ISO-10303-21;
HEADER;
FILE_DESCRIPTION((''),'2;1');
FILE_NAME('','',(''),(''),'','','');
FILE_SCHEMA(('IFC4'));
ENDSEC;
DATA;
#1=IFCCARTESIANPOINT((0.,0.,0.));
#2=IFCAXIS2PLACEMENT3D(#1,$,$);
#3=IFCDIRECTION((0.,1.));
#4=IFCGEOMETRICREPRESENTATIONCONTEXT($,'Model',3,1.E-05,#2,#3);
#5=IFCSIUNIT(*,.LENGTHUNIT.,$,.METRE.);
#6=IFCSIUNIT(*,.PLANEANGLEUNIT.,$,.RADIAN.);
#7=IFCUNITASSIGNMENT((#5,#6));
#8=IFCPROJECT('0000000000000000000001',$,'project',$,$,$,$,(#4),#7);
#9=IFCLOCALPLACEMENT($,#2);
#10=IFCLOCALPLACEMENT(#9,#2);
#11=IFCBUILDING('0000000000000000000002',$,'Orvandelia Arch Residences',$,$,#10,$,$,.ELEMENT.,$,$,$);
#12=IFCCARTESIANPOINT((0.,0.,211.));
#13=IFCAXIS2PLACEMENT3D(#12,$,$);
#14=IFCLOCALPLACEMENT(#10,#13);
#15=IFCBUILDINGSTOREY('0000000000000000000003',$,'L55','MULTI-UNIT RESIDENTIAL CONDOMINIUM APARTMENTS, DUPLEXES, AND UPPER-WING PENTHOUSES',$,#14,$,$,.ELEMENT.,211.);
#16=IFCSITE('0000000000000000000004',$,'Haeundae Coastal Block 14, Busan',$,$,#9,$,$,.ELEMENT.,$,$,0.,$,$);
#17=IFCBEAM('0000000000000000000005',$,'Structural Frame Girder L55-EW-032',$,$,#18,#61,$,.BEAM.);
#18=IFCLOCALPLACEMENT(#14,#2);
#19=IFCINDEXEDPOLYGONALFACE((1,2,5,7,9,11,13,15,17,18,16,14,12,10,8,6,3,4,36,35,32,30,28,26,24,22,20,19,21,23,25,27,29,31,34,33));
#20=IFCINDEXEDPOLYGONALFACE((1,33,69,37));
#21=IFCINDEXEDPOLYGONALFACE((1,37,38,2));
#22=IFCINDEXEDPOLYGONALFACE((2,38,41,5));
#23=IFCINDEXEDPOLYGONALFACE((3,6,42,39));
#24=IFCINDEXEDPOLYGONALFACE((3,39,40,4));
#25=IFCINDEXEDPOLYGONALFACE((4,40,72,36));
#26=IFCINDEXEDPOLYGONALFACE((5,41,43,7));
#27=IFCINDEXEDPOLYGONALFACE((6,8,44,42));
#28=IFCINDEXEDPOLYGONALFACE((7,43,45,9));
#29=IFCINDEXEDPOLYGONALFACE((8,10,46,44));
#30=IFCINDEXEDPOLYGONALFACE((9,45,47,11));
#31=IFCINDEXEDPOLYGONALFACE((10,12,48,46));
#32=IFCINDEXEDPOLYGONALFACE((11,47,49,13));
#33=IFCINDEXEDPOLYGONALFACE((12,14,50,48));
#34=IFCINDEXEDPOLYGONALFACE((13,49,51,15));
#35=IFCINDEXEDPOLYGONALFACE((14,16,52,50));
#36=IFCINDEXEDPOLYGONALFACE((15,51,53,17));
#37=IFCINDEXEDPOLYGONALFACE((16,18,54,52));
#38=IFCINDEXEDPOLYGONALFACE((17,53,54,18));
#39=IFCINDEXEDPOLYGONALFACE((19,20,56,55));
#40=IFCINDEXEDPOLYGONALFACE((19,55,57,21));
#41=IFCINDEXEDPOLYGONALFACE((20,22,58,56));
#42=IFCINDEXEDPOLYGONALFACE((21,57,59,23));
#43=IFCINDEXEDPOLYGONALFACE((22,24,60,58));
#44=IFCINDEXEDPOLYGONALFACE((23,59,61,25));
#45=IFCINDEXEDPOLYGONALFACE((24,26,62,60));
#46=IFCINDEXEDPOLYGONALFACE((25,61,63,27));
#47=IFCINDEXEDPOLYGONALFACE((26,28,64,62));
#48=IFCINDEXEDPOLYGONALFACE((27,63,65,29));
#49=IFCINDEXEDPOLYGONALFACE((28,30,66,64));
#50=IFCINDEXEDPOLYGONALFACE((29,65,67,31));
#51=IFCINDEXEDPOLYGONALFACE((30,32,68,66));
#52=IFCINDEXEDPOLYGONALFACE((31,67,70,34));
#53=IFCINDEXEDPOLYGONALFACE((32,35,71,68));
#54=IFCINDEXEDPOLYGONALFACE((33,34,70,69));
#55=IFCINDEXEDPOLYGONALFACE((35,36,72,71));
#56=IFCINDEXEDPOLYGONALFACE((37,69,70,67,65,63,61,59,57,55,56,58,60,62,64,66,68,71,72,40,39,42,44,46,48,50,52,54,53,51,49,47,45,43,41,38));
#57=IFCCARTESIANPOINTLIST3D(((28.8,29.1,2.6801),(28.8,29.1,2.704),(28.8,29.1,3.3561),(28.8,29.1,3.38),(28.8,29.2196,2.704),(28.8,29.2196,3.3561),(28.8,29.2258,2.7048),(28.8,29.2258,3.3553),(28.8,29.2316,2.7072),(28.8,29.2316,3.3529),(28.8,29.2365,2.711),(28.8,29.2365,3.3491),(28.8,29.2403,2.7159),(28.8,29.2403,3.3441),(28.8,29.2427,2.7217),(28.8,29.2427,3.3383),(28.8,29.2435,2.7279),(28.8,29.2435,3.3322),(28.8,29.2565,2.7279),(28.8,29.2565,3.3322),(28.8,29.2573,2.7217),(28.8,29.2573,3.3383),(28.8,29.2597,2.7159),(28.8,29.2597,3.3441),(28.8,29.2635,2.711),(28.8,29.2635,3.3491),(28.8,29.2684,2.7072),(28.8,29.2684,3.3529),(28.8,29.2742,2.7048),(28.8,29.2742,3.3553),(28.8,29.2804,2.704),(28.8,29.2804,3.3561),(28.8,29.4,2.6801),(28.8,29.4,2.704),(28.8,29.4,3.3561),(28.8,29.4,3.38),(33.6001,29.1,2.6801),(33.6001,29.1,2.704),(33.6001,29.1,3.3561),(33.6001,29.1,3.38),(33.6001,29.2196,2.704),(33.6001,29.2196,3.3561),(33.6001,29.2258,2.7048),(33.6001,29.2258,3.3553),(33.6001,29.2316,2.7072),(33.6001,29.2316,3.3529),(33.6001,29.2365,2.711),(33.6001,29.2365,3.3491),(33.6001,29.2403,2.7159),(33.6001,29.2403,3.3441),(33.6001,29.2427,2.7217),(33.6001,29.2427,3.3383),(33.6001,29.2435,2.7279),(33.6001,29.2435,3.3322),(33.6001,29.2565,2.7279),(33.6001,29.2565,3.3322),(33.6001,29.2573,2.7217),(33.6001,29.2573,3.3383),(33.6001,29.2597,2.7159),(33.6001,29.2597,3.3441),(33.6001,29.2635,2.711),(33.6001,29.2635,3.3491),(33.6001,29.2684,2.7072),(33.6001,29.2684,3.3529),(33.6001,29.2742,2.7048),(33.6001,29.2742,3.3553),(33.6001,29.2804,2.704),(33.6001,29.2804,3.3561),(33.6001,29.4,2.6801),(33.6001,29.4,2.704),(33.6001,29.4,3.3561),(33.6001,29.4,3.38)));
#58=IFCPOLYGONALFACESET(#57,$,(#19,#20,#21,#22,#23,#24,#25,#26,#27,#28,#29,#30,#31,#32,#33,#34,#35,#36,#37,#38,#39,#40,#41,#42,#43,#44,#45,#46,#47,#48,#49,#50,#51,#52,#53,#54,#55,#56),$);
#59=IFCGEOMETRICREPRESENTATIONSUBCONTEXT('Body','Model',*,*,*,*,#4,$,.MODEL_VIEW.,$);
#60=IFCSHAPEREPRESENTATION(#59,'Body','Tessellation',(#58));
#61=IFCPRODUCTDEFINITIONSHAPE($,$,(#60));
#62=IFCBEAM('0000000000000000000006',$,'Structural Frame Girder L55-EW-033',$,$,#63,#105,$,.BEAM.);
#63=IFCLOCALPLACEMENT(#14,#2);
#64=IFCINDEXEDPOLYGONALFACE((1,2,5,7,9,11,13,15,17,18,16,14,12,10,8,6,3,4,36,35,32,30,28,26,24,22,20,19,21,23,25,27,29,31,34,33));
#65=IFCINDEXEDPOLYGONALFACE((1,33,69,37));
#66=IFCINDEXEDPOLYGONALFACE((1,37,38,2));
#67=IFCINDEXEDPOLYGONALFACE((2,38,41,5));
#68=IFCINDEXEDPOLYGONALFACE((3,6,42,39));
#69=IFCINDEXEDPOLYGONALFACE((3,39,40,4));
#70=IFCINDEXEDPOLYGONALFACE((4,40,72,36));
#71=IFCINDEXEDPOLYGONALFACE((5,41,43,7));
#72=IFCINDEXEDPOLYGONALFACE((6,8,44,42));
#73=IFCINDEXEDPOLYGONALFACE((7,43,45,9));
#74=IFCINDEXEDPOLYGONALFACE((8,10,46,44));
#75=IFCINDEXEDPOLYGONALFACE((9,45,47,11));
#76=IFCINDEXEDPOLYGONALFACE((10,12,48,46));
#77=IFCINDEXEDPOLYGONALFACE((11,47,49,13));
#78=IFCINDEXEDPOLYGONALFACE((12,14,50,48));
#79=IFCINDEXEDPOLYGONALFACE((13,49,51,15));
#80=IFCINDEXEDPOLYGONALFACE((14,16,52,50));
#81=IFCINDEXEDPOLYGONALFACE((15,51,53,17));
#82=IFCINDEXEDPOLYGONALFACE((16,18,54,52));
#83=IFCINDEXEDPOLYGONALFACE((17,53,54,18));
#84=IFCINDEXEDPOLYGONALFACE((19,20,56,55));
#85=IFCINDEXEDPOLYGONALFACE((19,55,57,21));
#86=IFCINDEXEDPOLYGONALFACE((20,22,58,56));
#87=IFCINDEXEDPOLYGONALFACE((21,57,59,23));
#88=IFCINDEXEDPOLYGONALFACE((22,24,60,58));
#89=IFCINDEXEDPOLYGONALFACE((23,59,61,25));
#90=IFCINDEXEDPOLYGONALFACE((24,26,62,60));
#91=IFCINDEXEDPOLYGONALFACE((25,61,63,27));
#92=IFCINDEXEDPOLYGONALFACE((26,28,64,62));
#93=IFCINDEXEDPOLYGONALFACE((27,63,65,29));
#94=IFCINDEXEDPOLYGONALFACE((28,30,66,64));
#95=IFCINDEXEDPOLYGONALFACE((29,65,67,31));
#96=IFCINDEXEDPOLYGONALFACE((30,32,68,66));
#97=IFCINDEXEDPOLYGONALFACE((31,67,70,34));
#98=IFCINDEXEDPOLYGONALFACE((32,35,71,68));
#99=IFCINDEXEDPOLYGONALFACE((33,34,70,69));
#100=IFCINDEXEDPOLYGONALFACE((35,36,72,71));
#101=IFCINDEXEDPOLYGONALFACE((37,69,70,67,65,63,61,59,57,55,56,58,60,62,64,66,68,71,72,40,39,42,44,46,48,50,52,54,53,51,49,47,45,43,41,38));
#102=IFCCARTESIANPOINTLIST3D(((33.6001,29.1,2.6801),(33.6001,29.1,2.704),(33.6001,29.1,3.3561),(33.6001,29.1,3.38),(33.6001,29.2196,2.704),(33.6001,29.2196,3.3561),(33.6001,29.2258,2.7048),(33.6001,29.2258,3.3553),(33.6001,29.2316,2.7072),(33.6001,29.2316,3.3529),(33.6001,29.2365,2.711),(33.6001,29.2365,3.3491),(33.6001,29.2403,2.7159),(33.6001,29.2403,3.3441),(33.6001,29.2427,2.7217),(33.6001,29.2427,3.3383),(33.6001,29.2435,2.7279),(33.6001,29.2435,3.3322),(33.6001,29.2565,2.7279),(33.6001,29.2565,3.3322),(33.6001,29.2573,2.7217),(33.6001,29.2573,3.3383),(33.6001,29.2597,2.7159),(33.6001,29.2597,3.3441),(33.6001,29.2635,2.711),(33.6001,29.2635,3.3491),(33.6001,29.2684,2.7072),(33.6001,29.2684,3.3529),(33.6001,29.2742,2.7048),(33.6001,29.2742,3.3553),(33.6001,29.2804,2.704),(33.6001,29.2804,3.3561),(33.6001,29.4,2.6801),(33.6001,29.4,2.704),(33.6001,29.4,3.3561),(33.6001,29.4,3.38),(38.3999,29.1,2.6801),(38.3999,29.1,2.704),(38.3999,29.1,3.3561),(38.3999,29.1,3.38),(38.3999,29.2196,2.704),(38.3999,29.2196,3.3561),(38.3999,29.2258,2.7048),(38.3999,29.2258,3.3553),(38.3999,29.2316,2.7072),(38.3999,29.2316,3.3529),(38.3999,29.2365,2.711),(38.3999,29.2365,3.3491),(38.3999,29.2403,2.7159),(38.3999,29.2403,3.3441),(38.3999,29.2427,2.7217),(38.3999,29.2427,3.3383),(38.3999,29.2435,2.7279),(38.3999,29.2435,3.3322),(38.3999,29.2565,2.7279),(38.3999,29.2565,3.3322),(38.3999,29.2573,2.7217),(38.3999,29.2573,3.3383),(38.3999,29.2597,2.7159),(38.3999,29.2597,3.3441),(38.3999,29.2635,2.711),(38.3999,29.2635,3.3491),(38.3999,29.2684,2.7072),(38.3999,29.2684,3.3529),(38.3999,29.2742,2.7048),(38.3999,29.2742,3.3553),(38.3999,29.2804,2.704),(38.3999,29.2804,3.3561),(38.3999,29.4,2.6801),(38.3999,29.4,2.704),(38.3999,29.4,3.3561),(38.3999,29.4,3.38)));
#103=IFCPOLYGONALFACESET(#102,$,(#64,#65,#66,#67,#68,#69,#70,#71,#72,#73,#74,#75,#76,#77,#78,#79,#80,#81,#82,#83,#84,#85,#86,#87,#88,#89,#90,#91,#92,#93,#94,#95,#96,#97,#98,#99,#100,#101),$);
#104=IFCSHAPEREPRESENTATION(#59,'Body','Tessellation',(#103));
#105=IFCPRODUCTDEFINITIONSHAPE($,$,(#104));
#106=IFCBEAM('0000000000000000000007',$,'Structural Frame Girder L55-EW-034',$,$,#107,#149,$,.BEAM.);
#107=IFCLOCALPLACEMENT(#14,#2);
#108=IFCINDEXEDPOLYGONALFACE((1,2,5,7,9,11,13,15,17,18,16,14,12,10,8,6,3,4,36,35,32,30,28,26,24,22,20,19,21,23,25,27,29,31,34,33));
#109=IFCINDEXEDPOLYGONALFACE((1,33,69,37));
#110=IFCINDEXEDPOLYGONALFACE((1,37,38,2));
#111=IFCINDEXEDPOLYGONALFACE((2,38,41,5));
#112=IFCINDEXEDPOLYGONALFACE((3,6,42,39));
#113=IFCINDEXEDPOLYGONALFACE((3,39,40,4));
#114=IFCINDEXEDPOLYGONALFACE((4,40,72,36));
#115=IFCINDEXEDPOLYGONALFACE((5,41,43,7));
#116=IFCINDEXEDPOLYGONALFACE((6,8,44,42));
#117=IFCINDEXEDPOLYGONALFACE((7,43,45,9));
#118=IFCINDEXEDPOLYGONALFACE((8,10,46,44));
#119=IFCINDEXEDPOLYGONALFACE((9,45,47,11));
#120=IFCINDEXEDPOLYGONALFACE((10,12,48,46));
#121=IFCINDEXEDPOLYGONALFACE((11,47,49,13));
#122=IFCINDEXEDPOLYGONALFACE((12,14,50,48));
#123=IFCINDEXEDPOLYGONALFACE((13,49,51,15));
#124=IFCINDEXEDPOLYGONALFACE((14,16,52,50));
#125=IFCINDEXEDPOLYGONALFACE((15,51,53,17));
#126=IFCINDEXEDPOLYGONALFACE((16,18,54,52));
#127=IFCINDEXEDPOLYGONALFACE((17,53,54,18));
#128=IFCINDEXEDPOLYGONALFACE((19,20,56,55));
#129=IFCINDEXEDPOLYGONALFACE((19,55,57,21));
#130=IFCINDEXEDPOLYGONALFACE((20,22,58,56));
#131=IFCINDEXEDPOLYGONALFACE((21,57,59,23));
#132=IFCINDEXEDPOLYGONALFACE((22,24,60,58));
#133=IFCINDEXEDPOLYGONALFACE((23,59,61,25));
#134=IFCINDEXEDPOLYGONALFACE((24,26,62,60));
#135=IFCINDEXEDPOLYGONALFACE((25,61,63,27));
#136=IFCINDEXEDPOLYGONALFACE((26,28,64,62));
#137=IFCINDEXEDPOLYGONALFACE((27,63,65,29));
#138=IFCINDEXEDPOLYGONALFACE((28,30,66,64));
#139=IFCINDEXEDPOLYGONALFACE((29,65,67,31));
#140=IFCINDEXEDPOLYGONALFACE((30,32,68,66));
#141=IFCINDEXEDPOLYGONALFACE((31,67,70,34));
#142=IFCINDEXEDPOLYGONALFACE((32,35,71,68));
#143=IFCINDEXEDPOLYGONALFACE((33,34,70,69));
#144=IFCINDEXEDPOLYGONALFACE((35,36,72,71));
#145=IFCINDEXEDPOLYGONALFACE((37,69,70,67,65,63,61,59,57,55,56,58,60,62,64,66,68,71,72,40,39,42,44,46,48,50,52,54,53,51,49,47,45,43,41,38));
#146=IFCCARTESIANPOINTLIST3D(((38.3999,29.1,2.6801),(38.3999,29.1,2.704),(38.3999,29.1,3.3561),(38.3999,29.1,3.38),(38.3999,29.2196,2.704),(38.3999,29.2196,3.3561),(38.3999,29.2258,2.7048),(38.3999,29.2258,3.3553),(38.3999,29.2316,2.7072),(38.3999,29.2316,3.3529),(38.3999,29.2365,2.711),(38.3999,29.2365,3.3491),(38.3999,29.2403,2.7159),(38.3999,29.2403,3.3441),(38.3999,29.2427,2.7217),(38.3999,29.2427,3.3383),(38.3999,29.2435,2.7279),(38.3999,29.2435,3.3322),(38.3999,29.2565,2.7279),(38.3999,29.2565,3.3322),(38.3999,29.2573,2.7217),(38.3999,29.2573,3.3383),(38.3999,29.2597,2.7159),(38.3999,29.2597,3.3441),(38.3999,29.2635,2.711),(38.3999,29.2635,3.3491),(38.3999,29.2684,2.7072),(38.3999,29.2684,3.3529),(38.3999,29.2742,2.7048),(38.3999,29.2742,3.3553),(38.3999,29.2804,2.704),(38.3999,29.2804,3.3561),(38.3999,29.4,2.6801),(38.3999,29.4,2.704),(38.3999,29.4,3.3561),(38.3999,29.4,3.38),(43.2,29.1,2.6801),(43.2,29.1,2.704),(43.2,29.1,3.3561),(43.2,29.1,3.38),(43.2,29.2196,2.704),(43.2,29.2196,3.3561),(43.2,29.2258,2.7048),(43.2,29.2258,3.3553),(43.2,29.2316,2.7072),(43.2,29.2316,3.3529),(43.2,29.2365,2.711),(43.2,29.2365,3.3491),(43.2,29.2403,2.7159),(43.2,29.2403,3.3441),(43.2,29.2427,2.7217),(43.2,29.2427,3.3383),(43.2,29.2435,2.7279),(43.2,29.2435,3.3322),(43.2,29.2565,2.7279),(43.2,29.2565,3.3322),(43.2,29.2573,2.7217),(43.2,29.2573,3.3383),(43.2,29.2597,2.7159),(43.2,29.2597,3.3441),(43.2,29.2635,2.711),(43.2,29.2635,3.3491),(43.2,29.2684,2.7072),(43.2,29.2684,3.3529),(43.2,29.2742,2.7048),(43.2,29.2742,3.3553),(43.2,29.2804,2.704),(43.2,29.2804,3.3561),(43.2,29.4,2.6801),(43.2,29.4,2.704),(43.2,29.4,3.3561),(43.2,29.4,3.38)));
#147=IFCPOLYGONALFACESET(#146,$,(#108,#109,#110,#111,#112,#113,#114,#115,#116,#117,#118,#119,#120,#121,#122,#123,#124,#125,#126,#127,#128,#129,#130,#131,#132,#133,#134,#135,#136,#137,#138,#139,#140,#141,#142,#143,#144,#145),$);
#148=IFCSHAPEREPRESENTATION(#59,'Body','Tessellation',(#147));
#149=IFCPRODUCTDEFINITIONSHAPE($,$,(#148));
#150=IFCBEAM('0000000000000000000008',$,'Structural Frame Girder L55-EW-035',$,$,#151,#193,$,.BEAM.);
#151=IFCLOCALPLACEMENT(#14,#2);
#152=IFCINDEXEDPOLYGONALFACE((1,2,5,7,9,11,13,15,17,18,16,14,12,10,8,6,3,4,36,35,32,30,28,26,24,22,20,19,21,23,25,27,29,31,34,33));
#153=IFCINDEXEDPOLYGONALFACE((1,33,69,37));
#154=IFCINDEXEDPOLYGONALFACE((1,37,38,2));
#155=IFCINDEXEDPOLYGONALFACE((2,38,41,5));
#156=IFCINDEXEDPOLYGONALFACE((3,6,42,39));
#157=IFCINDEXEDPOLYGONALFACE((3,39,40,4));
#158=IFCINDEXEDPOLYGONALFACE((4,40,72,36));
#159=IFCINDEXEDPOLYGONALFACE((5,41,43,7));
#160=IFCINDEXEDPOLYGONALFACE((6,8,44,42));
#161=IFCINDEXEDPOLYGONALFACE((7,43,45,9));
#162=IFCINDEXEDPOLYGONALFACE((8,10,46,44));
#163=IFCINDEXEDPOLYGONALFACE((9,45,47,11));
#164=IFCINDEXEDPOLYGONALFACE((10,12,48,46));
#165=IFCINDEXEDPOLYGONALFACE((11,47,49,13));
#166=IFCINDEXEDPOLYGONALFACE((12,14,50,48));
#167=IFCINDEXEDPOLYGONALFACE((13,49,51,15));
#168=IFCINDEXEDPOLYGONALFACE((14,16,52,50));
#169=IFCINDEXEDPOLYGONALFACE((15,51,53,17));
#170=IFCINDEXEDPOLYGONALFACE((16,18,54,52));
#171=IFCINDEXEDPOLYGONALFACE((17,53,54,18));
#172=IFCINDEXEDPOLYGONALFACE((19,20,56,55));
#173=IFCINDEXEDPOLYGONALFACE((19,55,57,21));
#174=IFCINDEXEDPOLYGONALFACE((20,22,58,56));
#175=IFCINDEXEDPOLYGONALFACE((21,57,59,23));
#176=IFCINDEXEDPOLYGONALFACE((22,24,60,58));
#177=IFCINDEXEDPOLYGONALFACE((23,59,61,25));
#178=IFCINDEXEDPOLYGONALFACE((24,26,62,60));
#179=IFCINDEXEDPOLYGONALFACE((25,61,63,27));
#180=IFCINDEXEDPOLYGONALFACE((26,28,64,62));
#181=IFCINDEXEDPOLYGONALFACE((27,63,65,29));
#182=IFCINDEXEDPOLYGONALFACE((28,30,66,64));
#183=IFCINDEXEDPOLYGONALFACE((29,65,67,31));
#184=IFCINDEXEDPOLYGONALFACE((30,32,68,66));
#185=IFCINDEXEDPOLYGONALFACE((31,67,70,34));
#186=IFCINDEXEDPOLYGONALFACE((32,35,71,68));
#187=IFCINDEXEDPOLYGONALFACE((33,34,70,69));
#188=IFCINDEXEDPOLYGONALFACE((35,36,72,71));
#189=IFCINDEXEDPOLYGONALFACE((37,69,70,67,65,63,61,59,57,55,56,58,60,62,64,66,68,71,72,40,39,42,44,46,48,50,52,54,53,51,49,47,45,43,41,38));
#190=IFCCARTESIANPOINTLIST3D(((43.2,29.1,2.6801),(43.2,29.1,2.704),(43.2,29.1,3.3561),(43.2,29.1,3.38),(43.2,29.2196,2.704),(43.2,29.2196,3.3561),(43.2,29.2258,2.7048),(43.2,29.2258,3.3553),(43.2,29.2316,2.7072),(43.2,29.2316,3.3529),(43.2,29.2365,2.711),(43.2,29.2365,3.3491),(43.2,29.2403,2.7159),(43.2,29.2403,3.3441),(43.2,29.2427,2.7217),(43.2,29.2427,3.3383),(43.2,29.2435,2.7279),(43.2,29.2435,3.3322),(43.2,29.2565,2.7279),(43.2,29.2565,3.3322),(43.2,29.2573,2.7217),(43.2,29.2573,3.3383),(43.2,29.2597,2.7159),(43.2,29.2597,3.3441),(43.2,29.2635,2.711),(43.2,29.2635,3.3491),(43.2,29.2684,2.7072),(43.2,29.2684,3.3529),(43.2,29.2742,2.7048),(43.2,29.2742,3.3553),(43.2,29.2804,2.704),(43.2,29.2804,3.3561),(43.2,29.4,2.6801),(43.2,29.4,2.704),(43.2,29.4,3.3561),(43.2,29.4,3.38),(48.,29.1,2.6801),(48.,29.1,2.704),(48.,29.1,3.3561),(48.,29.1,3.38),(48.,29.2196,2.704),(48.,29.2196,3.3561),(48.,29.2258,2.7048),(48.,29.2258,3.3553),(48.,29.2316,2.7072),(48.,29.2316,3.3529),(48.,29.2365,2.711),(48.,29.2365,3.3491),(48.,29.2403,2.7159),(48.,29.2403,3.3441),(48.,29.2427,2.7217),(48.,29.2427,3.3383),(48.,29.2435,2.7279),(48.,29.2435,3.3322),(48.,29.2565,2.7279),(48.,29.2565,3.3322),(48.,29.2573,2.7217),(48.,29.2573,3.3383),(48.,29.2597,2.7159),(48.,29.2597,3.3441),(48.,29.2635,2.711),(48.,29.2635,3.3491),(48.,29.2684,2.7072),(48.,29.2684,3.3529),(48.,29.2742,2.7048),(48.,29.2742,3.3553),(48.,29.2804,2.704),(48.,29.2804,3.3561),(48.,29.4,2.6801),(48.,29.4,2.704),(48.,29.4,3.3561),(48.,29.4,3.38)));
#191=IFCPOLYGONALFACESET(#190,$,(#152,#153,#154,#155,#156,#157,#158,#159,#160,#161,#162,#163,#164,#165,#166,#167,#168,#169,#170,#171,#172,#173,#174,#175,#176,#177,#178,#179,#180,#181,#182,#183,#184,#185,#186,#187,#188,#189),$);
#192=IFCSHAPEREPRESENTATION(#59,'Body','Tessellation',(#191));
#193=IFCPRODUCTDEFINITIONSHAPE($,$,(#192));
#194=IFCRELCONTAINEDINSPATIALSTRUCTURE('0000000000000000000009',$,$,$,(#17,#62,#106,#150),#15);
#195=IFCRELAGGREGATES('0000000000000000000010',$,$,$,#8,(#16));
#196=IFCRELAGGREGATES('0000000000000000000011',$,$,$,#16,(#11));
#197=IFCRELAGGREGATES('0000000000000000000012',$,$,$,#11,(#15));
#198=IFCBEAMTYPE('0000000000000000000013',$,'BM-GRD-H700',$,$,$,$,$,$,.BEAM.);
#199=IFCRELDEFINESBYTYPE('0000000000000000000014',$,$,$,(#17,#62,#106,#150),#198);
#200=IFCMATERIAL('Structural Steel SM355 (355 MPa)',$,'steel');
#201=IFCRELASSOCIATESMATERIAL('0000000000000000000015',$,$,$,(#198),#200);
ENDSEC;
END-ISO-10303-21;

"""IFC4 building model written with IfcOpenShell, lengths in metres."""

from ifc_helpers import new_model, si_unit, direction, frame, origin, origin_2d, place, context, subcontext, project, spatial, i_section, extrude, material, material_profile, profile_set, type_object, element, save


model = new_model("IFC4")

# Units and contexts
model_context = context("Model", 3, precision=1e-05, world=origin(), true_north=direction((0.0, 1.0)))
body_context = subcontext(model_context, "Body", "Model", "MODEL_VIEW")
ifc_project = project(units=[si_unit("LENGTHUNIT", "METRE"), si_unit("PLANEANGLEUNIT", "RADIAN")], contexts=[model_context])

# Site, building, storey
site_placement = place(None, origin())
site = spatial("IfcSite", under=ifc_project, at=site_placement, Name="Haeundae Coastal Block 14, Busan", CompositionType="ELEMENT", RefElevation=0.0)
building_placement = place(site_placement, origin())
building = spatial("IfcBuilding", under=site, at=building_placement, Name="Orvandelia Arch Residences", CompositionType="ELEMENT")
storey_placement = place(building_placement, frame((0.0, 0.0, 211.0)))
storey = spatial("IfcBuildingStorey", under=building, at=storey_placement, Name="L55", Description="MULTI-UNIT RESIDENTIAL CONDOMINIUM APARTMENTS, DUPLEXES, AND UPPER-WING PENTHOUSES", CompositionType="ELEMENT", Elevation=211.0)

# Beams
ifc_material_1 = material(Name="Structural Steel SM355 (355 MPa)", Category="steel")
ifc_material_profile_1 = material_profile(ifc_material_1, i_section(OverallWidth=0.3, OverallDepth=0.7, WebThickness=0.0129, FlangeThickness=0.0239, FilletRadius=0.0239, at=origin_2d()), Name="Structural Steel SM355 (355 MPa)", Category="steel")
ifc_profile_set_1 = profile_set([ifc_material_profile_1], Name="Structural Steel SM355 (355 MPa)")
beam_type = type_object("IfcBeamType", Name="BM-GRD-H700", PredefinedType="BEAM", material=ifc_profile_set_1)
beam_1_placement = place(storey_placement, frame((28.8, 29.25, 3.03), z_axis=(1.0, 0.0, 0.0), x_axis=(0.0, 1.0, 0.0)))
element("IfcBeam", 1, at=beam_1_placement, inside=storey, type_object=beam_type, Name="Structural Frame Girder L55-EW-032", PredefinedType="BEAM", context=body_context, shape_type="SweptSolid", body=[
    extrude(i_section(OverallWidth=0.3, OverallDepth=0.7, WebThickness=0.0129, FlangeThickness=0.0239, FilletRadius=0.0239, at=origin_2d()), origin(), (0.0, 0.0, 1.0), 4.8),
])
beam_2_placement = place(storey_placement, frame((33.6001, 29.25, 3.03), z_axis=(1.0, 0.0, 0.0), x_axis=(0.0, 1.0, 0.0)))
element("IfcBeam", 2, at=beam_2_placement, inside=storey, type_object=beam_type, Name="Structural Frame Girder L55-EW-033", PredefinedType="BEAM", context=body_context, shape_type="SweptSolid", body=[
    extrude(i_section(OverallWidth=0.3, OverallDepth=0.7, WebThickness=0.0129, FlangeThickness=0.0239, FilletRadius=0.0239, at=origin_2d()), origin(), (0.0, 0.0, 1.0), 4.7998),
])
for number, where, z_axis, x_axis, name in (
    (3, (38.3999, 29.25, 3.03), (1.0, 0.0, 0.0), (0.0, 1.0, 0.0), "Structural Frame Girder L55-EW-034"),
    (4, (43.2, 29.25, 3.03), (1.0, 0.0, 0.0), (0.0, 1.0, 0.0), "Structural Frame Girder L55-EW-035"),
):
    element("IfcBeam", number, at=place(storey_placement, frame(where, z_axis=z_axis, x_axis=x_axis)), inside=storey, type_object=beam_type, Name=name, PredefinedType="BEAM", context=body_context, shape_type="SweptSolid", body=[
        extrude(i_section(OverallWidth=0.3, OverallDepth=0.7, WebThickness=0.0129, FlangeThickness=0.0239, FilletRadius=0.0239, at=origin_2d()), origin(), (0.0, 0.0, 1.0), 4.8),
    ])

save(model, "model.ifc")
